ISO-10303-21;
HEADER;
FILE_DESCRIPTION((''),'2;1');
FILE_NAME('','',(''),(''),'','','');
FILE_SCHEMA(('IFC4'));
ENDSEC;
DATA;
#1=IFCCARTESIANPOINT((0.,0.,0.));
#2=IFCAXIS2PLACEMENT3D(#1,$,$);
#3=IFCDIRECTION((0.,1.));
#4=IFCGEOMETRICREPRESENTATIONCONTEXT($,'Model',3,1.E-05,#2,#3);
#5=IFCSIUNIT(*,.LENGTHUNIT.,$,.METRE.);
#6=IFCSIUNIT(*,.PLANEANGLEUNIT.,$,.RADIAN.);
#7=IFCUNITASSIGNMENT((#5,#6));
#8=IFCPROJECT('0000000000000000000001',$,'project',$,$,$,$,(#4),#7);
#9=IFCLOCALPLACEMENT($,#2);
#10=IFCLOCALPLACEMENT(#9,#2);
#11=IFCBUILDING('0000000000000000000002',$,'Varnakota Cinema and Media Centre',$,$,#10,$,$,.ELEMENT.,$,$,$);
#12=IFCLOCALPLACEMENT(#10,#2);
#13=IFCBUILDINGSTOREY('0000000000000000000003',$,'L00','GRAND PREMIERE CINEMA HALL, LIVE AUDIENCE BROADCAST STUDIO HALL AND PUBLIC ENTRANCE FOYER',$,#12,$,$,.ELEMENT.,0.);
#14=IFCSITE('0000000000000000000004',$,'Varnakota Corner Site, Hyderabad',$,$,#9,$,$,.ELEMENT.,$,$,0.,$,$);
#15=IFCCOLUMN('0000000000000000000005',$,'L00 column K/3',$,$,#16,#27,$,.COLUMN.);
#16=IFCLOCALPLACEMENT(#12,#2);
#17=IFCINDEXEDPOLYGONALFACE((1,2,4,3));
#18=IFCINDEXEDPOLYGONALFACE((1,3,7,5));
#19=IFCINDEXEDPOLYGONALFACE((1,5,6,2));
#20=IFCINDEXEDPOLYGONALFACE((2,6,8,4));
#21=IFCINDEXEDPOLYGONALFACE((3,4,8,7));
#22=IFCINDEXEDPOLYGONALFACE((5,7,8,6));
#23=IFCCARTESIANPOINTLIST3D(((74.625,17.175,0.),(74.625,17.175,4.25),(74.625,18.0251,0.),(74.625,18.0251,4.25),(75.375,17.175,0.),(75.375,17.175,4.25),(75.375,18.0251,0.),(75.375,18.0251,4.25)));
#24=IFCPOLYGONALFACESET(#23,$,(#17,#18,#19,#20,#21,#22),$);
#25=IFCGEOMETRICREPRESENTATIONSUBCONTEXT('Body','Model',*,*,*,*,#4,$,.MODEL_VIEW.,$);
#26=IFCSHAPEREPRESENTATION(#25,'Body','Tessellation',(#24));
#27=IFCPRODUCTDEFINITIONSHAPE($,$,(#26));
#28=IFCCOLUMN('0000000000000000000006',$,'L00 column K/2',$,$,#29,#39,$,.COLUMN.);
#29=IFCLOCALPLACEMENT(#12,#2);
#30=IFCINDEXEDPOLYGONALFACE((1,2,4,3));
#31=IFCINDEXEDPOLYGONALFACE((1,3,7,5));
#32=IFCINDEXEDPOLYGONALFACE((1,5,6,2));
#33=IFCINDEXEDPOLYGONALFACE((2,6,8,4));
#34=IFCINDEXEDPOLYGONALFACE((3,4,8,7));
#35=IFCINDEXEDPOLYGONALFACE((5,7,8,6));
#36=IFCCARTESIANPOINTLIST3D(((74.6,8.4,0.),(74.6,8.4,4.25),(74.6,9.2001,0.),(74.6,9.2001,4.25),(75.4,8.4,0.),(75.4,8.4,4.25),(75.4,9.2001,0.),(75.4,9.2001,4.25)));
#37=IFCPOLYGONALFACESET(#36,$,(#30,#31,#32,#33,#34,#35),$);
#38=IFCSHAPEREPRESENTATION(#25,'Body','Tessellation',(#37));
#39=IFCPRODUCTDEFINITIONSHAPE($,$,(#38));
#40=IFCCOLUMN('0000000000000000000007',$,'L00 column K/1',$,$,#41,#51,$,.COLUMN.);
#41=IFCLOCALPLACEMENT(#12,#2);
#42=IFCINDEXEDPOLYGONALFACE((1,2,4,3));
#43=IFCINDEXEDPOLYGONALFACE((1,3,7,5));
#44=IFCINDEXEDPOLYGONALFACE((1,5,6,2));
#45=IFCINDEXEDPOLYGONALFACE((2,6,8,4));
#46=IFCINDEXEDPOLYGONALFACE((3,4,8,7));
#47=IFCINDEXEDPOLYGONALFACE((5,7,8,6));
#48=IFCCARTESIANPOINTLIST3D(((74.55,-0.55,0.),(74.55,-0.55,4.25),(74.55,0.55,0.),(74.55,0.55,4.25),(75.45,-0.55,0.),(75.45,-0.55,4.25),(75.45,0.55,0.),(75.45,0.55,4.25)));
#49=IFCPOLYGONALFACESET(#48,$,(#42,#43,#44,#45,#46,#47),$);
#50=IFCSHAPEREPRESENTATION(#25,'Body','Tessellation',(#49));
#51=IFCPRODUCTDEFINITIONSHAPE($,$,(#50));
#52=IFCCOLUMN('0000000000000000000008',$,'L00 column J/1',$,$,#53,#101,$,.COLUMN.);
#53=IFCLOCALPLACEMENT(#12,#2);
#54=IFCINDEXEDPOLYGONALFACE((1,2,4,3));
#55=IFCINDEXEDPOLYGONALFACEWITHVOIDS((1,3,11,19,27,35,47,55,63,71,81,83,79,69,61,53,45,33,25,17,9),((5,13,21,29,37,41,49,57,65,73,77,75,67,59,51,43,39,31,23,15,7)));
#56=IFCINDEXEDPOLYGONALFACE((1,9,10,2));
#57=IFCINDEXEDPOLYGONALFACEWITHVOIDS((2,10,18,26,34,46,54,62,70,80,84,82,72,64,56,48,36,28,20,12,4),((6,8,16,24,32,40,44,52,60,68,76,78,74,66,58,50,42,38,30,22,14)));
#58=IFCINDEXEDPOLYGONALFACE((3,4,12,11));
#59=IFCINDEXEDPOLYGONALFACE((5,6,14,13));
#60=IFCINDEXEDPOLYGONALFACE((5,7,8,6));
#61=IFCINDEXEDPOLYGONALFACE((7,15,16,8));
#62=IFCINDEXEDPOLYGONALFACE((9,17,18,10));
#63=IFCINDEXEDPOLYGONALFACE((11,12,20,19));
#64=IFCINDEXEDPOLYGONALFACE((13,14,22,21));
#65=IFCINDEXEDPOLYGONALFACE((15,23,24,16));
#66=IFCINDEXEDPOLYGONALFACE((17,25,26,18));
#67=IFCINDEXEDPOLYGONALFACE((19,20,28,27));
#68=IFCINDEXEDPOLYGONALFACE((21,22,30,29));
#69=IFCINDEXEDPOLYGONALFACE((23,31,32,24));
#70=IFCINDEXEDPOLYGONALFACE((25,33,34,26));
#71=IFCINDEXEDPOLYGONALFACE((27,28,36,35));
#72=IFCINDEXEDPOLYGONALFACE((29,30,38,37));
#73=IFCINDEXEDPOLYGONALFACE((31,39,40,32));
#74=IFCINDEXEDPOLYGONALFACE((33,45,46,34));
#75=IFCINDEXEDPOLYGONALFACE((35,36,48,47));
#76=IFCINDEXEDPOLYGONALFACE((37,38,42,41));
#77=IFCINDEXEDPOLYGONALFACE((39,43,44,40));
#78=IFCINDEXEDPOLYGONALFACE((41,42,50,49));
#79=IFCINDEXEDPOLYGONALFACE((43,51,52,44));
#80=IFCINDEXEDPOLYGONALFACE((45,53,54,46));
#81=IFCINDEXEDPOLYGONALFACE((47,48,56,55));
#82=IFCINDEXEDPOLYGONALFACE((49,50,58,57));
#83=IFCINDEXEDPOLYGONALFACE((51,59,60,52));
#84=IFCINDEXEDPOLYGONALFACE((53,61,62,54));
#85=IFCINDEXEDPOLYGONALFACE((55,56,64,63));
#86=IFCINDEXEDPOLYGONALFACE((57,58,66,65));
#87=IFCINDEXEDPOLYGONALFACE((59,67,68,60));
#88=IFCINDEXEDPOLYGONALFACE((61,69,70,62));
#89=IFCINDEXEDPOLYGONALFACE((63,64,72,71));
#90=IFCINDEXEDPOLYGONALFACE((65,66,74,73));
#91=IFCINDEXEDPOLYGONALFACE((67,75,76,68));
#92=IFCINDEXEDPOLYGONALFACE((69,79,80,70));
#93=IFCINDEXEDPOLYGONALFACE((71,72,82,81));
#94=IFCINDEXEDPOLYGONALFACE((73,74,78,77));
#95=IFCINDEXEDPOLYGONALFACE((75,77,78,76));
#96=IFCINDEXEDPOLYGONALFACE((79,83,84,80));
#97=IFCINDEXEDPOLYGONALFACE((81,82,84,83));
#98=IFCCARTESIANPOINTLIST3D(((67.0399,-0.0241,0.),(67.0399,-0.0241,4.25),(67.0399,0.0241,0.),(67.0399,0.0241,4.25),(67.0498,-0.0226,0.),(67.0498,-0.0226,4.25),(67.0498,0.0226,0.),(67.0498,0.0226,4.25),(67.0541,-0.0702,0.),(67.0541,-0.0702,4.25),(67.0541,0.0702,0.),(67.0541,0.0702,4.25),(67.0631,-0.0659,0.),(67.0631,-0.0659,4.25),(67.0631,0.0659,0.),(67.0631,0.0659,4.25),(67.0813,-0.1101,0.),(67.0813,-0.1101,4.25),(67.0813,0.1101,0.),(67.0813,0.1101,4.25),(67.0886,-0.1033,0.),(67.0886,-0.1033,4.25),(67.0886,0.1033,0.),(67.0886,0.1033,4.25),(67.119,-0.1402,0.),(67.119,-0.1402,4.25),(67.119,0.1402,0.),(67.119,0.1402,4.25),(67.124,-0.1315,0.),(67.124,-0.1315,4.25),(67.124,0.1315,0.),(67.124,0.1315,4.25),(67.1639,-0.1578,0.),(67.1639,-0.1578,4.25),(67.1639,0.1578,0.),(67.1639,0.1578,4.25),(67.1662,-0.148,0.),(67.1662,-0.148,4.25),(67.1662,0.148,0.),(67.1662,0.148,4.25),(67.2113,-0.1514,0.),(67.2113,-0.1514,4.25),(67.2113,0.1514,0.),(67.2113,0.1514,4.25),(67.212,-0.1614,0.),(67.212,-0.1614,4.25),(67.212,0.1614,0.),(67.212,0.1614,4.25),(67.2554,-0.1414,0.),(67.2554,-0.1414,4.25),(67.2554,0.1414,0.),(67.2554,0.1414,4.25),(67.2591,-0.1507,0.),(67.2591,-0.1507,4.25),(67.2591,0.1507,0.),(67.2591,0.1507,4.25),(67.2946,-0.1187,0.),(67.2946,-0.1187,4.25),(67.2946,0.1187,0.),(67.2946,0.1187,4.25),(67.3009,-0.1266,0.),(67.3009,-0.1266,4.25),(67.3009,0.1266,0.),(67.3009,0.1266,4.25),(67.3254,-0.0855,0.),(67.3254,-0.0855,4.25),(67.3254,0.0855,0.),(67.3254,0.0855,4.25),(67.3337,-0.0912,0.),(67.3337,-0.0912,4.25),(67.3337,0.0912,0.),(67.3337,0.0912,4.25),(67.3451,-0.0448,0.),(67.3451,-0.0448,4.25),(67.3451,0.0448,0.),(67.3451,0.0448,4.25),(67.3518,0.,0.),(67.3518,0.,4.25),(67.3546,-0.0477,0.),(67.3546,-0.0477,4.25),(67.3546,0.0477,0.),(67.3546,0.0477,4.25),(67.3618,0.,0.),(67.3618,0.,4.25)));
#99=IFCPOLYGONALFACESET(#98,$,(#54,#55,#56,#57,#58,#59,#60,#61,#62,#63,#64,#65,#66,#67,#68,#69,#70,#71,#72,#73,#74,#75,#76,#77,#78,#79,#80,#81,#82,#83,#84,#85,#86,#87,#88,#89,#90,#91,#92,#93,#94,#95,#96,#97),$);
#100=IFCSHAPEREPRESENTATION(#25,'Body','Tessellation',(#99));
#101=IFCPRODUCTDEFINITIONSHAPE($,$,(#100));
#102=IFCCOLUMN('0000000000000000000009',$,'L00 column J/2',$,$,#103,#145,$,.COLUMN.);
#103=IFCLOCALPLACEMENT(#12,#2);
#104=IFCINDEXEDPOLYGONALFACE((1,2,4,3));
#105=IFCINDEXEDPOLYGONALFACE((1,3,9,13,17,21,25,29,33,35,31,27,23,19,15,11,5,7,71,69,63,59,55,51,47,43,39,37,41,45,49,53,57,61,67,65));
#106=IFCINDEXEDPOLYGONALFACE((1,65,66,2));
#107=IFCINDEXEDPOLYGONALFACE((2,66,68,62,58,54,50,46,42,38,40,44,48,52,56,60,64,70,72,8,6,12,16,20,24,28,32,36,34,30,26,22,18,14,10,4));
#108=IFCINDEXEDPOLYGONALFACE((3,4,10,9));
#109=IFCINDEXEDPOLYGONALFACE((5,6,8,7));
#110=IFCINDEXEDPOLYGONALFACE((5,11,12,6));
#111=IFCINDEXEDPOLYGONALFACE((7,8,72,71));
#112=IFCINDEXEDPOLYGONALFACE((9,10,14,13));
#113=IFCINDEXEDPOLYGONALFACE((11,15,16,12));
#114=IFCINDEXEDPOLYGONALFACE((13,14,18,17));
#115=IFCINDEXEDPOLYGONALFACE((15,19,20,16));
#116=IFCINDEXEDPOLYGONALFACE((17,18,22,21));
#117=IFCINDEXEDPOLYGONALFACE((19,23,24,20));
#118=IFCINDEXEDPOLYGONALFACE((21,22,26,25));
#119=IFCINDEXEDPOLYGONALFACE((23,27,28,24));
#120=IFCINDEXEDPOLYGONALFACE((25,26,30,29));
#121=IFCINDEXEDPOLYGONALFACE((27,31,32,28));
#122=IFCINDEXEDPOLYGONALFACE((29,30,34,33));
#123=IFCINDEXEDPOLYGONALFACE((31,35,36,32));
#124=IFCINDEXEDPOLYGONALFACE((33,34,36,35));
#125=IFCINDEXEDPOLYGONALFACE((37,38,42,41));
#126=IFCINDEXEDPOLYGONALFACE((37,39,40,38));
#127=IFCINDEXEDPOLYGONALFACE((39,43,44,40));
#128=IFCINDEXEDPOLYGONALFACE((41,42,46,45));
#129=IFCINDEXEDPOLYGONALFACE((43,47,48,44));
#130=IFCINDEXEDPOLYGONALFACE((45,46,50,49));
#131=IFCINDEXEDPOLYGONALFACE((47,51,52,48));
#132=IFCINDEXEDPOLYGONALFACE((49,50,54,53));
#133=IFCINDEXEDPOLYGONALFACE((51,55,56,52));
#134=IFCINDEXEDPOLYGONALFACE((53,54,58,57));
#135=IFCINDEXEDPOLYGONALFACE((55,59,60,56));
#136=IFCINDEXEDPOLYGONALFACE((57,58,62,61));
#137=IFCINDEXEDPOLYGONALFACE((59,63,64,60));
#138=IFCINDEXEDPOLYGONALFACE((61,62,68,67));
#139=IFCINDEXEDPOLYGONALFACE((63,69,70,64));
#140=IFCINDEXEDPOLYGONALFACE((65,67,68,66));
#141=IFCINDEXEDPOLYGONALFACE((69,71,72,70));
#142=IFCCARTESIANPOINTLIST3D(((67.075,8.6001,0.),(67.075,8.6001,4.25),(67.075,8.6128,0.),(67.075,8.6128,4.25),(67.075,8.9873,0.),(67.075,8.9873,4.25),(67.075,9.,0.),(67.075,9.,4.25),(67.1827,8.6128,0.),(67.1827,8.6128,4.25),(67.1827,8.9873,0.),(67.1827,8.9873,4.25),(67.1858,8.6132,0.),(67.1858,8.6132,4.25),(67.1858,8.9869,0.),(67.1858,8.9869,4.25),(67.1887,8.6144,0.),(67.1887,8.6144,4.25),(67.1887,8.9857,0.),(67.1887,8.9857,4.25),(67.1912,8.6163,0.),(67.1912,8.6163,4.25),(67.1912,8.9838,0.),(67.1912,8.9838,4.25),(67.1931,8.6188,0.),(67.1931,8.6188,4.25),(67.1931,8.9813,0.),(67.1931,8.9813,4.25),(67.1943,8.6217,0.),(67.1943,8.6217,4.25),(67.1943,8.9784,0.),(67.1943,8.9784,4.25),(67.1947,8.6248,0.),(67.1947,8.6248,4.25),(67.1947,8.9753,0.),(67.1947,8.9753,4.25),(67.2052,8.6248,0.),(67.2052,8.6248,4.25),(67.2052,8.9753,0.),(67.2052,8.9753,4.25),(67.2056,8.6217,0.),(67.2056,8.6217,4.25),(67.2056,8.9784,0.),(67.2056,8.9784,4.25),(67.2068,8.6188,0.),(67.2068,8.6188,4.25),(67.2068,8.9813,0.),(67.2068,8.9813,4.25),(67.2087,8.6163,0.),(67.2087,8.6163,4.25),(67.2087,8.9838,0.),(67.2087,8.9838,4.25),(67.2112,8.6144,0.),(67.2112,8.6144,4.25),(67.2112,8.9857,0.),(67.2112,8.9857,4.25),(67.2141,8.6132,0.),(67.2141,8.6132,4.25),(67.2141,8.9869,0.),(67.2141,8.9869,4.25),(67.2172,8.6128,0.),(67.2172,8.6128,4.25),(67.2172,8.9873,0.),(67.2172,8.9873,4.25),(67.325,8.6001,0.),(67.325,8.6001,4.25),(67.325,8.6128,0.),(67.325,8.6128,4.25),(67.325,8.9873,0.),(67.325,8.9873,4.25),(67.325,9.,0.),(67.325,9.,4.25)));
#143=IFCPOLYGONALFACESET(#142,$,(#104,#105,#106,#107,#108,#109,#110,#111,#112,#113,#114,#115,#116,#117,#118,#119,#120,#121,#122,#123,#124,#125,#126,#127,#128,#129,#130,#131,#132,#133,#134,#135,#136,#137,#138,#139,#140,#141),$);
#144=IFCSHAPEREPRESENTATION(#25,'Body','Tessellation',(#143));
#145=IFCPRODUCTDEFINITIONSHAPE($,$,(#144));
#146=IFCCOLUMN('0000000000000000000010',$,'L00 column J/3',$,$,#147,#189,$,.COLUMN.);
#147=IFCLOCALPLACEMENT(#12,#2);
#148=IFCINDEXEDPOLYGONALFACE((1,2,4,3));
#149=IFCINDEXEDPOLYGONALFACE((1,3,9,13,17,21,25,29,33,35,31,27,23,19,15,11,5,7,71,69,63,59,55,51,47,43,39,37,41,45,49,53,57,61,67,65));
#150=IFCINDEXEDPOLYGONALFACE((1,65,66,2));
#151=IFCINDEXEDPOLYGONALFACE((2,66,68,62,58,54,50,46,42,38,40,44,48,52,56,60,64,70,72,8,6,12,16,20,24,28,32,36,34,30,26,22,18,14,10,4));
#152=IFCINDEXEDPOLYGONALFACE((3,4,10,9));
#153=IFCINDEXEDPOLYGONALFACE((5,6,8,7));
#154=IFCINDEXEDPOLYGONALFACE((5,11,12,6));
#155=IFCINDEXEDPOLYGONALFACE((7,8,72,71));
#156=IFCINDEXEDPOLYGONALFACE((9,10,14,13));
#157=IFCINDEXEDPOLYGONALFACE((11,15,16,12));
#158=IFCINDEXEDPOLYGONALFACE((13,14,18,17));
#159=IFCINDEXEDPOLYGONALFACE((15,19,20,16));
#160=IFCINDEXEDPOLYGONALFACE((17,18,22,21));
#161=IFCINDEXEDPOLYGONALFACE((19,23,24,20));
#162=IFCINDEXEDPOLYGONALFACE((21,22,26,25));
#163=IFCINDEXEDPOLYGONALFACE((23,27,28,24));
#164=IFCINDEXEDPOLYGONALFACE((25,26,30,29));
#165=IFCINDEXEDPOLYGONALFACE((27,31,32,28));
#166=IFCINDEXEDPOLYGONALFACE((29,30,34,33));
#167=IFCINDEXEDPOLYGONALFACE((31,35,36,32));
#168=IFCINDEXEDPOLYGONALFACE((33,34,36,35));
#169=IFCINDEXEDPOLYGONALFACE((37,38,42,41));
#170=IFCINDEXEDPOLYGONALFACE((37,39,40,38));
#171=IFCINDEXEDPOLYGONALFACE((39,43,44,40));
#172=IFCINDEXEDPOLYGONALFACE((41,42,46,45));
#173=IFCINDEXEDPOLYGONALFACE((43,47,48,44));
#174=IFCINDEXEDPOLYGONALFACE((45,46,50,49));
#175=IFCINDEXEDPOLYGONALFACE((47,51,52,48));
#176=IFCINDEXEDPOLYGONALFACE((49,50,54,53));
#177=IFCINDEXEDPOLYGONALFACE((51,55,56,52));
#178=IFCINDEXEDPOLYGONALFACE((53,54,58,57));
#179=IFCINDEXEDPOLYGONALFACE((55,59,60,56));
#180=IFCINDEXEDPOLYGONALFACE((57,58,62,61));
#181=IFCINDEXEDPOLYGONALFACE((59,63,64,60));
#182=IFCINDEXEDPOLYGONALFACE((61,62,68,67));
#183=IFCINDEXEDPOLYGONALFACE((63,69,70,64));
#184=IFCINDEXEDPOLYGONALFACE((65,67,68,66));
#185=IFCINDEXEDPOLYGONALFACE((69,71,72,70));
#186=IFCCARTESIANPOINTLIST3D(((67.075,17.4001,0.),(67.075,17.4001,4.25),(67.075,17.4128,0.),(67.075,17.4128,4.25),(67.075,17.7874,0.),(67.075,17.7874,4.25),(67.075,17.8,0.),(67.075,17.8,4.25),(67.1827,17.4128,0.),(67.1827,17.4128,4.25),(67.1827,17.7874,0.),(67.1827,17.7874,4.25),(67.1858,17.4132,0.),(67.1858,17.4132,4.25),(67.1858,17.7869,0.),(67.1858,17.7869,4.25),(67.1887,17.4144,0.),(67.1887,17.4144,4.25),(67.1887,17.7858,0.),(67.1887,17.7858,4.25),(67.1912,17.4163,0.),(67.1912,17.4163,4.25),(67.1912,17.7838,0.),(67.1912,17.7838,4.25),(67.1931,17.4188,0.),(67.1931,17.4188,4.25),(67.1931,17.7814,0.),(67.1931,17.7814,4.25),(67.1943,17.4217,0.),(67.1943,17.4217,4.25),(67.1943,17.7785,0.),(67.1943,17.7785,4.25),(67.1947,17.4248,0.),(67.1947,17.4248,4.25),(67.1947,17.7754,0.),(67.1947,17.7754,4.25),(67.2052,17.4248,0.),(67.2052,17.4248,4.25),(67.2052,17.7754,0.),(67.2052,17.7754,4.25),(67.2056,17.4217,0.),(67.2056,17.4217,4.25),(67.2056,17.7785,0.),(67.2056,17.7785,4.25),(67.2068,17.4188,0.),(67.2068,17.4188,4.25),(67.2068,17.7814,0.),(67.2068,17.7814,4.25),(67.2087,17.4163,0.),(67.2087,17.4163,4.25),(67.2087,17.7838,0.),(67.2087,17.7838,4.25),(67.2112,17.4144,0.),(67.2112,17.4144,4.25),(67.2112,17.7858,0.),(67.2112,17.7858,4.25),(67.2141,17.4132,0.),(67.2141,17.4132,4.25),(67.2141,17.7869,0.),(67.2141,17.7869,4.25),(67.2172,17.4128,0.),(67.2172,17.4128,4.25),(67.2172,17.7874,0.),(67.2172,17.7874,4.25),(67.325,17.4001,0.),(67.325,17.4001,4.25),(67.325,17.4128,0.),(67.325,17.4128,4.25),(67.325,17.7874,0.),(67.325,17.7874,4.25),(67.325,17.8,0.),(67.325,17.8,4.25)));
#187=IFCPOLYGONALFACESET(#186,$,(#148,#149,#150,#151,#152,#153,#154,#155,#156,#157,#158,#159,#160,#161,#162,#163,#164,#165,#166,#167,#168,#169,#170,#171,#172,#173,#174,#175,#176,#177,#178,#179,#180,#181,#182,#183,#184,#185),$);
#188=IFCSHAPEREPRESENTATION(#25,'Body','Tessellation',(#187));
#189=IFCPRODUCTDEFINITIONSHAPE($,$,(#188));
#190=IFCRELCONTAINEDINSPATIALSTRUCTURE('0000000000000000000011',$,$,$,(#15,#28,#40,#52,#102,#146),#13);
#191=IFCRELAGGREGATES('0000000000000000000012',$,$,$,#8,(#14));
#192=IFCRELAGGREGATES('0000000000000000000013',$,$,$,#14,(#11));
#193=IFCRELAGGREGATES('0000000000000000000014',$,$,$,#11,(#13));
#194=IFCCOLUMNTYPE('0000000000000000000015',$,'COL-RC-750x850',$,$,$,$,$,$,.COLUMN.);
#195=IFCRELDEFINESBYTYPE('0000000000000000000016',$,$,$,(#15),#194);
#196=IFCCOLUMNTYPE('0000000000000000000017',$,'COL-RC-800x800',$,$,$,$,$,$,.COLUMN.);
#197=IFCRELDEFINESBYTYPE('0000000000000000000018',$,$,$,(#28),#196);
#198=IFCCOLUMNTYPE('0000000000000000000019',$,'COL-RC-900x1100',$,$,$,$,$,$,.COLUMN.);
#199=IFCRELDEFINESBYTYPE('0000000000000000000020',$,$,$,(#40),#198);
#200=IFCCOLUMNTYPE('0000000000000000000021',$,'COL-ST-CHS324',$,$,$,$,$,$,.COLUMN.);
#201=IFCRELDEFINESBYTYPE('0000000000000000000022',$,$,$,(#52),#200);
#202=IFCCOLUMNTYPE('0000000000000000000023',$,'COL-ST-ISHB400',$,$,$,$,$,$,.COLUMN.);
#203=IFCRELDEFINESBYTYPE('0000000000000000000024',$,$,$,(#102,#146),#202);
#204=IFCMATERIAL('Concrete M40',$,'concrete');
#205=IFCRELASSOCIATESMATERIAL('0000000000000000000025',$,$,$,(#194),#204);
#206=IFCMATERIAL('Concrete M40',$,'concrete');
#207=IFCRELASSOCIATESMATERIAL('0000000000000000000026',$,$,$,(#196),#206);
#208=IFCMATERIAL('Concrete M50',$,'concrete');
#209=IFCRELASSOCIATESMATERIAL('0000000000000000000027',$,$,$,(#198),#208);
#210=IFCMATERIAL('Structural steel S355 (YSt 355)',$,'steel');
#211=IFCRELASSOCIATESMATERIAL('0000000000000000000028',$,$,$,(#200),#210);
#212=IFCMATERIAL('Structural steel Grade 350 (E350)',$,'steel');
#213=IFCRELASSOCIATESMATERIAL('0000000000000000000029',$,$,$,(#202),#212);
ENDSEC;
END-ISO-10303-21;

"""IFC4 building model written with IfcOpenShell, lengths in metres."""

from ifc_helpers import new_model, si_unit, direction, frame, origin, origin_2d, place, context, subcontext, project, spatial, rectangle, hollow_circle, i_section, extrude, material, material_profile, profile_set, type_object, element, save


model = new_model("IFC4")

# Units and contexts
model_context = context("Model", 3, precision=1e-05, world=origin(), true_north=direction((0.0, 1.0)))
body_context = subcontext(model_context, "Body", "Model", "MODEL_VIEW")
ifc_project = project(units=[si_unit("LENGTHUNIT", "METRE"), si_unit("PLANEANGLEUNIT", "RADIAN")], contexts=[model_context])

# Site, building, storey
site_placement = place(None, origin())
site = spatial("IfcSite", under=ifc_project, at=site_placement, Name="Varnakota Corner Site, Hyderabad", CompositionType="ELEMENT", RefElevation=0.0)
building_placement = place(site_placement, origin())
building = spatial("IfcBuilding", under=site, at=building_placement, Name="Varnakota Cinema and Media Centre", CompositionType="ELEMENT")
storey_placement = place(building_placement, origin())
storey = spatial("IfcBuildingStorey", under=building, at=storey_placement, Name="L00", Description="GRAND PREMIERE CINEMA HALL, LIVE AUDIENCE BROADCAST STUDIO HALL AND PUBLIC ENTRANCE FOYER", CompositionType="ELEMENT", Elevation=0.0)

# Columns
ifc_material_1 = material(Name="Concrete M40", Category="concrete")
ifc_material_profile_1 = material_profile(ifc_material_1, rectangle(XDim=0.75, YDim=0.8501, at=origin_2d()), Name="RC 750x850")
ifc_profile_set_1 = profile_set([ifc_material_profile_1], Name="Concrete M40")
column_type_1 = type_object("IfcColumnType", Name="COL-RC-750x850", PredefinedType="COLUMN", material=ifc_profile_set_1)
column_1_placement = place(storey_placement, frame((75.0, 17.6001, 0.0), z_axis=(0.0, 0.0, 1.0), x_axis=(1.0, 0.0, 0.0)))
element("IfcColumn", 1, at=column_1_placement, inside=storey, type_object=column_type_1, Name="L00 column K/3", PredefinedType="COLUMN", context=body_context, shape_type="SweptSolid", body=[
    extrude(rectangle(XDim=0.75, YDim=0.8501, at=origin_2d()), origin(), (0.0, 0.0, 1.0), 4.25),
])
ifc_material_2 = material(Name="Concrete M40", Category="concrete")
ifc_material_profile_2 = material_profile(ifc_material_2, rectangle(XDim=0.8, YDim=0.8, at=origin_2d()), Name="RC 800x800")
ifc_profile_set_2 = profile_set([ifc_material_profile_2], Name="Concrete M40")
column_type_2 = type_object("IfcColumnType", Name="COL-RC-800x800", PredefinedType="COLUMN", material=ifc_profile_set_2)
column_2_placement = place(storey_placement, frame((75.0, 8.8, 0.0), z_axis=(0.0, 0.0, 1.0), x_axis=(1.0, 0.0, 0.0)))
element("IfcColumn", 2, at=column_2_placement, inside=storey, type_object=column_type_2, Name="L00 column K/2", PredefinedType="COLUMN", context=body_context, shape_type="SweptSolid", body=[
    extrude(rectangle(XDim=0.8, YDim=0.8, at=origin_2d()), origin(), (0.0, 0.0, 1.0), 4.25),
])
ifc_material_3 = material(Name="Concrete M50", Category="concrete")
ifc_material_profile_3 = material_profile(ifc_material_3, rectangle(XDim=0.8999, YDim=1.1001, at=origin_2d()), Name="RC 900x1100")
ifc_profile_set_3 = profile_set([ifc_material_profile_3], Name="Concrete M50")
column_type_3 = type_object("IfcColumnType", Name="COL-RC-900x1100", PredefinedType="COLUMN", material=ifc_profile_set_3)
column_3_placement = place(storey_placement, frame((75.0, 0.0, 0.0), z_axis=(0.0, 0.0, 1.0), x_axis=(1.0, 0.0, 0.0)))
element("IfcColumn", 3, at=column_3_placement, inside=storey, type_object=column_type_3, Name="L00 column K/1", PredefinedType="COLUMN", context=body_context, shape_type="SweptSolid", body=[
    extrude(rectangle(XDim=0.8999, YDim=1.1001, at=origin_2d()), origin(), (0.0, 0.0, 1.0), 4.25),
])
ifc_material_4 = material(Name="Structural steel S355 (YSt 355)", Category="steel")
ifc_material_profile_4 = material_profile(ifc_material_4, hollow_circle(Radius=0.1619, WallThickness=0.01, at=origin_2d()), Name="CHS 323.9x10.0")
ifc_profile_set_4 = profile_set([ifc_material_profile_4], Name="Structural steel S355 (YSt 355)")
column_type_4 = type_object("IfcColumnType", Name="COL-ST-CHS324", PredefinedType="COLUMN", material=ifc_profile_set_4)
column_4_placement = place(storey_placement, frame((67.2, 0.0, 0.0), z_axis=(0.0, 0.0, 1.0), x_axis=(1.0, 0.0, 0.0)))
element("IfcColumn", 4, at=column_4_placement, inside=storey, type_object=column_type_4, Name="L00 column J/1", PredefinedType="COLUMN", context=body_context, shape_type="SweptSolid", body=[
    extrude(hollow_circle(Radius=0.1619, WallThickness=0.01, at=origin_2d()), origin(), (0.0, 0.0, 1.0), 4.25),
])
ifc_material_5 = material(Name="Structural steel Grade 350 (E350)", Category="steel")
ifc_material_profile_5 = material_profile(ifc_material_5, i_section(OverallWidth=0.25, OverallDepth=0.3999, WebThickness=0.0105, FlangeThickness=0.0127, FilletRadius=0.012, at=origin_2d()), Name="ISHB 400")
ifc_profile_set_5 = profile_set([ifc_material_profile_5], Name="Structural steel Grade 350 (E350)")
column_type_5 = type_object("IfcColumnType", Name="COL-ST-ISHB400", PredefinedType="COLUMN", material=ifc_profile_set_5)
for number, where, z_axis, x_axis, name in (
    (5, (67.2, 8.8, 0.0), (0.0, 0.0, 1.0), (1.0, 0.0, 0.0), "L00 column J/2"),
    (6, (67.2, 17.6001, 0.0), (0.0, 0.0, 1.0), (1.0, 0.0, 0.0), "L00 column J/3"),
):
    element("IfcColumn", number, at=place(storey_placement, frame(where, z_axis=z_axis, x_axis=x_axis)), inside=storey, type_object=column_type_5, Name=name, PredefinedType="COLUMN", context=body_context, shape_type="SweptSolid", body=[
        extrude(i_section(OverallWidth=0.25, OverallDepth=0.3999, WebThickness=0.0105, FlangeThickness=0.0127, FilletRadius=0.012, at=origin_2d()), origin(), (0.0, 0.0, 1.0), 4.25),
    ])

save(model, "model.ifc")
